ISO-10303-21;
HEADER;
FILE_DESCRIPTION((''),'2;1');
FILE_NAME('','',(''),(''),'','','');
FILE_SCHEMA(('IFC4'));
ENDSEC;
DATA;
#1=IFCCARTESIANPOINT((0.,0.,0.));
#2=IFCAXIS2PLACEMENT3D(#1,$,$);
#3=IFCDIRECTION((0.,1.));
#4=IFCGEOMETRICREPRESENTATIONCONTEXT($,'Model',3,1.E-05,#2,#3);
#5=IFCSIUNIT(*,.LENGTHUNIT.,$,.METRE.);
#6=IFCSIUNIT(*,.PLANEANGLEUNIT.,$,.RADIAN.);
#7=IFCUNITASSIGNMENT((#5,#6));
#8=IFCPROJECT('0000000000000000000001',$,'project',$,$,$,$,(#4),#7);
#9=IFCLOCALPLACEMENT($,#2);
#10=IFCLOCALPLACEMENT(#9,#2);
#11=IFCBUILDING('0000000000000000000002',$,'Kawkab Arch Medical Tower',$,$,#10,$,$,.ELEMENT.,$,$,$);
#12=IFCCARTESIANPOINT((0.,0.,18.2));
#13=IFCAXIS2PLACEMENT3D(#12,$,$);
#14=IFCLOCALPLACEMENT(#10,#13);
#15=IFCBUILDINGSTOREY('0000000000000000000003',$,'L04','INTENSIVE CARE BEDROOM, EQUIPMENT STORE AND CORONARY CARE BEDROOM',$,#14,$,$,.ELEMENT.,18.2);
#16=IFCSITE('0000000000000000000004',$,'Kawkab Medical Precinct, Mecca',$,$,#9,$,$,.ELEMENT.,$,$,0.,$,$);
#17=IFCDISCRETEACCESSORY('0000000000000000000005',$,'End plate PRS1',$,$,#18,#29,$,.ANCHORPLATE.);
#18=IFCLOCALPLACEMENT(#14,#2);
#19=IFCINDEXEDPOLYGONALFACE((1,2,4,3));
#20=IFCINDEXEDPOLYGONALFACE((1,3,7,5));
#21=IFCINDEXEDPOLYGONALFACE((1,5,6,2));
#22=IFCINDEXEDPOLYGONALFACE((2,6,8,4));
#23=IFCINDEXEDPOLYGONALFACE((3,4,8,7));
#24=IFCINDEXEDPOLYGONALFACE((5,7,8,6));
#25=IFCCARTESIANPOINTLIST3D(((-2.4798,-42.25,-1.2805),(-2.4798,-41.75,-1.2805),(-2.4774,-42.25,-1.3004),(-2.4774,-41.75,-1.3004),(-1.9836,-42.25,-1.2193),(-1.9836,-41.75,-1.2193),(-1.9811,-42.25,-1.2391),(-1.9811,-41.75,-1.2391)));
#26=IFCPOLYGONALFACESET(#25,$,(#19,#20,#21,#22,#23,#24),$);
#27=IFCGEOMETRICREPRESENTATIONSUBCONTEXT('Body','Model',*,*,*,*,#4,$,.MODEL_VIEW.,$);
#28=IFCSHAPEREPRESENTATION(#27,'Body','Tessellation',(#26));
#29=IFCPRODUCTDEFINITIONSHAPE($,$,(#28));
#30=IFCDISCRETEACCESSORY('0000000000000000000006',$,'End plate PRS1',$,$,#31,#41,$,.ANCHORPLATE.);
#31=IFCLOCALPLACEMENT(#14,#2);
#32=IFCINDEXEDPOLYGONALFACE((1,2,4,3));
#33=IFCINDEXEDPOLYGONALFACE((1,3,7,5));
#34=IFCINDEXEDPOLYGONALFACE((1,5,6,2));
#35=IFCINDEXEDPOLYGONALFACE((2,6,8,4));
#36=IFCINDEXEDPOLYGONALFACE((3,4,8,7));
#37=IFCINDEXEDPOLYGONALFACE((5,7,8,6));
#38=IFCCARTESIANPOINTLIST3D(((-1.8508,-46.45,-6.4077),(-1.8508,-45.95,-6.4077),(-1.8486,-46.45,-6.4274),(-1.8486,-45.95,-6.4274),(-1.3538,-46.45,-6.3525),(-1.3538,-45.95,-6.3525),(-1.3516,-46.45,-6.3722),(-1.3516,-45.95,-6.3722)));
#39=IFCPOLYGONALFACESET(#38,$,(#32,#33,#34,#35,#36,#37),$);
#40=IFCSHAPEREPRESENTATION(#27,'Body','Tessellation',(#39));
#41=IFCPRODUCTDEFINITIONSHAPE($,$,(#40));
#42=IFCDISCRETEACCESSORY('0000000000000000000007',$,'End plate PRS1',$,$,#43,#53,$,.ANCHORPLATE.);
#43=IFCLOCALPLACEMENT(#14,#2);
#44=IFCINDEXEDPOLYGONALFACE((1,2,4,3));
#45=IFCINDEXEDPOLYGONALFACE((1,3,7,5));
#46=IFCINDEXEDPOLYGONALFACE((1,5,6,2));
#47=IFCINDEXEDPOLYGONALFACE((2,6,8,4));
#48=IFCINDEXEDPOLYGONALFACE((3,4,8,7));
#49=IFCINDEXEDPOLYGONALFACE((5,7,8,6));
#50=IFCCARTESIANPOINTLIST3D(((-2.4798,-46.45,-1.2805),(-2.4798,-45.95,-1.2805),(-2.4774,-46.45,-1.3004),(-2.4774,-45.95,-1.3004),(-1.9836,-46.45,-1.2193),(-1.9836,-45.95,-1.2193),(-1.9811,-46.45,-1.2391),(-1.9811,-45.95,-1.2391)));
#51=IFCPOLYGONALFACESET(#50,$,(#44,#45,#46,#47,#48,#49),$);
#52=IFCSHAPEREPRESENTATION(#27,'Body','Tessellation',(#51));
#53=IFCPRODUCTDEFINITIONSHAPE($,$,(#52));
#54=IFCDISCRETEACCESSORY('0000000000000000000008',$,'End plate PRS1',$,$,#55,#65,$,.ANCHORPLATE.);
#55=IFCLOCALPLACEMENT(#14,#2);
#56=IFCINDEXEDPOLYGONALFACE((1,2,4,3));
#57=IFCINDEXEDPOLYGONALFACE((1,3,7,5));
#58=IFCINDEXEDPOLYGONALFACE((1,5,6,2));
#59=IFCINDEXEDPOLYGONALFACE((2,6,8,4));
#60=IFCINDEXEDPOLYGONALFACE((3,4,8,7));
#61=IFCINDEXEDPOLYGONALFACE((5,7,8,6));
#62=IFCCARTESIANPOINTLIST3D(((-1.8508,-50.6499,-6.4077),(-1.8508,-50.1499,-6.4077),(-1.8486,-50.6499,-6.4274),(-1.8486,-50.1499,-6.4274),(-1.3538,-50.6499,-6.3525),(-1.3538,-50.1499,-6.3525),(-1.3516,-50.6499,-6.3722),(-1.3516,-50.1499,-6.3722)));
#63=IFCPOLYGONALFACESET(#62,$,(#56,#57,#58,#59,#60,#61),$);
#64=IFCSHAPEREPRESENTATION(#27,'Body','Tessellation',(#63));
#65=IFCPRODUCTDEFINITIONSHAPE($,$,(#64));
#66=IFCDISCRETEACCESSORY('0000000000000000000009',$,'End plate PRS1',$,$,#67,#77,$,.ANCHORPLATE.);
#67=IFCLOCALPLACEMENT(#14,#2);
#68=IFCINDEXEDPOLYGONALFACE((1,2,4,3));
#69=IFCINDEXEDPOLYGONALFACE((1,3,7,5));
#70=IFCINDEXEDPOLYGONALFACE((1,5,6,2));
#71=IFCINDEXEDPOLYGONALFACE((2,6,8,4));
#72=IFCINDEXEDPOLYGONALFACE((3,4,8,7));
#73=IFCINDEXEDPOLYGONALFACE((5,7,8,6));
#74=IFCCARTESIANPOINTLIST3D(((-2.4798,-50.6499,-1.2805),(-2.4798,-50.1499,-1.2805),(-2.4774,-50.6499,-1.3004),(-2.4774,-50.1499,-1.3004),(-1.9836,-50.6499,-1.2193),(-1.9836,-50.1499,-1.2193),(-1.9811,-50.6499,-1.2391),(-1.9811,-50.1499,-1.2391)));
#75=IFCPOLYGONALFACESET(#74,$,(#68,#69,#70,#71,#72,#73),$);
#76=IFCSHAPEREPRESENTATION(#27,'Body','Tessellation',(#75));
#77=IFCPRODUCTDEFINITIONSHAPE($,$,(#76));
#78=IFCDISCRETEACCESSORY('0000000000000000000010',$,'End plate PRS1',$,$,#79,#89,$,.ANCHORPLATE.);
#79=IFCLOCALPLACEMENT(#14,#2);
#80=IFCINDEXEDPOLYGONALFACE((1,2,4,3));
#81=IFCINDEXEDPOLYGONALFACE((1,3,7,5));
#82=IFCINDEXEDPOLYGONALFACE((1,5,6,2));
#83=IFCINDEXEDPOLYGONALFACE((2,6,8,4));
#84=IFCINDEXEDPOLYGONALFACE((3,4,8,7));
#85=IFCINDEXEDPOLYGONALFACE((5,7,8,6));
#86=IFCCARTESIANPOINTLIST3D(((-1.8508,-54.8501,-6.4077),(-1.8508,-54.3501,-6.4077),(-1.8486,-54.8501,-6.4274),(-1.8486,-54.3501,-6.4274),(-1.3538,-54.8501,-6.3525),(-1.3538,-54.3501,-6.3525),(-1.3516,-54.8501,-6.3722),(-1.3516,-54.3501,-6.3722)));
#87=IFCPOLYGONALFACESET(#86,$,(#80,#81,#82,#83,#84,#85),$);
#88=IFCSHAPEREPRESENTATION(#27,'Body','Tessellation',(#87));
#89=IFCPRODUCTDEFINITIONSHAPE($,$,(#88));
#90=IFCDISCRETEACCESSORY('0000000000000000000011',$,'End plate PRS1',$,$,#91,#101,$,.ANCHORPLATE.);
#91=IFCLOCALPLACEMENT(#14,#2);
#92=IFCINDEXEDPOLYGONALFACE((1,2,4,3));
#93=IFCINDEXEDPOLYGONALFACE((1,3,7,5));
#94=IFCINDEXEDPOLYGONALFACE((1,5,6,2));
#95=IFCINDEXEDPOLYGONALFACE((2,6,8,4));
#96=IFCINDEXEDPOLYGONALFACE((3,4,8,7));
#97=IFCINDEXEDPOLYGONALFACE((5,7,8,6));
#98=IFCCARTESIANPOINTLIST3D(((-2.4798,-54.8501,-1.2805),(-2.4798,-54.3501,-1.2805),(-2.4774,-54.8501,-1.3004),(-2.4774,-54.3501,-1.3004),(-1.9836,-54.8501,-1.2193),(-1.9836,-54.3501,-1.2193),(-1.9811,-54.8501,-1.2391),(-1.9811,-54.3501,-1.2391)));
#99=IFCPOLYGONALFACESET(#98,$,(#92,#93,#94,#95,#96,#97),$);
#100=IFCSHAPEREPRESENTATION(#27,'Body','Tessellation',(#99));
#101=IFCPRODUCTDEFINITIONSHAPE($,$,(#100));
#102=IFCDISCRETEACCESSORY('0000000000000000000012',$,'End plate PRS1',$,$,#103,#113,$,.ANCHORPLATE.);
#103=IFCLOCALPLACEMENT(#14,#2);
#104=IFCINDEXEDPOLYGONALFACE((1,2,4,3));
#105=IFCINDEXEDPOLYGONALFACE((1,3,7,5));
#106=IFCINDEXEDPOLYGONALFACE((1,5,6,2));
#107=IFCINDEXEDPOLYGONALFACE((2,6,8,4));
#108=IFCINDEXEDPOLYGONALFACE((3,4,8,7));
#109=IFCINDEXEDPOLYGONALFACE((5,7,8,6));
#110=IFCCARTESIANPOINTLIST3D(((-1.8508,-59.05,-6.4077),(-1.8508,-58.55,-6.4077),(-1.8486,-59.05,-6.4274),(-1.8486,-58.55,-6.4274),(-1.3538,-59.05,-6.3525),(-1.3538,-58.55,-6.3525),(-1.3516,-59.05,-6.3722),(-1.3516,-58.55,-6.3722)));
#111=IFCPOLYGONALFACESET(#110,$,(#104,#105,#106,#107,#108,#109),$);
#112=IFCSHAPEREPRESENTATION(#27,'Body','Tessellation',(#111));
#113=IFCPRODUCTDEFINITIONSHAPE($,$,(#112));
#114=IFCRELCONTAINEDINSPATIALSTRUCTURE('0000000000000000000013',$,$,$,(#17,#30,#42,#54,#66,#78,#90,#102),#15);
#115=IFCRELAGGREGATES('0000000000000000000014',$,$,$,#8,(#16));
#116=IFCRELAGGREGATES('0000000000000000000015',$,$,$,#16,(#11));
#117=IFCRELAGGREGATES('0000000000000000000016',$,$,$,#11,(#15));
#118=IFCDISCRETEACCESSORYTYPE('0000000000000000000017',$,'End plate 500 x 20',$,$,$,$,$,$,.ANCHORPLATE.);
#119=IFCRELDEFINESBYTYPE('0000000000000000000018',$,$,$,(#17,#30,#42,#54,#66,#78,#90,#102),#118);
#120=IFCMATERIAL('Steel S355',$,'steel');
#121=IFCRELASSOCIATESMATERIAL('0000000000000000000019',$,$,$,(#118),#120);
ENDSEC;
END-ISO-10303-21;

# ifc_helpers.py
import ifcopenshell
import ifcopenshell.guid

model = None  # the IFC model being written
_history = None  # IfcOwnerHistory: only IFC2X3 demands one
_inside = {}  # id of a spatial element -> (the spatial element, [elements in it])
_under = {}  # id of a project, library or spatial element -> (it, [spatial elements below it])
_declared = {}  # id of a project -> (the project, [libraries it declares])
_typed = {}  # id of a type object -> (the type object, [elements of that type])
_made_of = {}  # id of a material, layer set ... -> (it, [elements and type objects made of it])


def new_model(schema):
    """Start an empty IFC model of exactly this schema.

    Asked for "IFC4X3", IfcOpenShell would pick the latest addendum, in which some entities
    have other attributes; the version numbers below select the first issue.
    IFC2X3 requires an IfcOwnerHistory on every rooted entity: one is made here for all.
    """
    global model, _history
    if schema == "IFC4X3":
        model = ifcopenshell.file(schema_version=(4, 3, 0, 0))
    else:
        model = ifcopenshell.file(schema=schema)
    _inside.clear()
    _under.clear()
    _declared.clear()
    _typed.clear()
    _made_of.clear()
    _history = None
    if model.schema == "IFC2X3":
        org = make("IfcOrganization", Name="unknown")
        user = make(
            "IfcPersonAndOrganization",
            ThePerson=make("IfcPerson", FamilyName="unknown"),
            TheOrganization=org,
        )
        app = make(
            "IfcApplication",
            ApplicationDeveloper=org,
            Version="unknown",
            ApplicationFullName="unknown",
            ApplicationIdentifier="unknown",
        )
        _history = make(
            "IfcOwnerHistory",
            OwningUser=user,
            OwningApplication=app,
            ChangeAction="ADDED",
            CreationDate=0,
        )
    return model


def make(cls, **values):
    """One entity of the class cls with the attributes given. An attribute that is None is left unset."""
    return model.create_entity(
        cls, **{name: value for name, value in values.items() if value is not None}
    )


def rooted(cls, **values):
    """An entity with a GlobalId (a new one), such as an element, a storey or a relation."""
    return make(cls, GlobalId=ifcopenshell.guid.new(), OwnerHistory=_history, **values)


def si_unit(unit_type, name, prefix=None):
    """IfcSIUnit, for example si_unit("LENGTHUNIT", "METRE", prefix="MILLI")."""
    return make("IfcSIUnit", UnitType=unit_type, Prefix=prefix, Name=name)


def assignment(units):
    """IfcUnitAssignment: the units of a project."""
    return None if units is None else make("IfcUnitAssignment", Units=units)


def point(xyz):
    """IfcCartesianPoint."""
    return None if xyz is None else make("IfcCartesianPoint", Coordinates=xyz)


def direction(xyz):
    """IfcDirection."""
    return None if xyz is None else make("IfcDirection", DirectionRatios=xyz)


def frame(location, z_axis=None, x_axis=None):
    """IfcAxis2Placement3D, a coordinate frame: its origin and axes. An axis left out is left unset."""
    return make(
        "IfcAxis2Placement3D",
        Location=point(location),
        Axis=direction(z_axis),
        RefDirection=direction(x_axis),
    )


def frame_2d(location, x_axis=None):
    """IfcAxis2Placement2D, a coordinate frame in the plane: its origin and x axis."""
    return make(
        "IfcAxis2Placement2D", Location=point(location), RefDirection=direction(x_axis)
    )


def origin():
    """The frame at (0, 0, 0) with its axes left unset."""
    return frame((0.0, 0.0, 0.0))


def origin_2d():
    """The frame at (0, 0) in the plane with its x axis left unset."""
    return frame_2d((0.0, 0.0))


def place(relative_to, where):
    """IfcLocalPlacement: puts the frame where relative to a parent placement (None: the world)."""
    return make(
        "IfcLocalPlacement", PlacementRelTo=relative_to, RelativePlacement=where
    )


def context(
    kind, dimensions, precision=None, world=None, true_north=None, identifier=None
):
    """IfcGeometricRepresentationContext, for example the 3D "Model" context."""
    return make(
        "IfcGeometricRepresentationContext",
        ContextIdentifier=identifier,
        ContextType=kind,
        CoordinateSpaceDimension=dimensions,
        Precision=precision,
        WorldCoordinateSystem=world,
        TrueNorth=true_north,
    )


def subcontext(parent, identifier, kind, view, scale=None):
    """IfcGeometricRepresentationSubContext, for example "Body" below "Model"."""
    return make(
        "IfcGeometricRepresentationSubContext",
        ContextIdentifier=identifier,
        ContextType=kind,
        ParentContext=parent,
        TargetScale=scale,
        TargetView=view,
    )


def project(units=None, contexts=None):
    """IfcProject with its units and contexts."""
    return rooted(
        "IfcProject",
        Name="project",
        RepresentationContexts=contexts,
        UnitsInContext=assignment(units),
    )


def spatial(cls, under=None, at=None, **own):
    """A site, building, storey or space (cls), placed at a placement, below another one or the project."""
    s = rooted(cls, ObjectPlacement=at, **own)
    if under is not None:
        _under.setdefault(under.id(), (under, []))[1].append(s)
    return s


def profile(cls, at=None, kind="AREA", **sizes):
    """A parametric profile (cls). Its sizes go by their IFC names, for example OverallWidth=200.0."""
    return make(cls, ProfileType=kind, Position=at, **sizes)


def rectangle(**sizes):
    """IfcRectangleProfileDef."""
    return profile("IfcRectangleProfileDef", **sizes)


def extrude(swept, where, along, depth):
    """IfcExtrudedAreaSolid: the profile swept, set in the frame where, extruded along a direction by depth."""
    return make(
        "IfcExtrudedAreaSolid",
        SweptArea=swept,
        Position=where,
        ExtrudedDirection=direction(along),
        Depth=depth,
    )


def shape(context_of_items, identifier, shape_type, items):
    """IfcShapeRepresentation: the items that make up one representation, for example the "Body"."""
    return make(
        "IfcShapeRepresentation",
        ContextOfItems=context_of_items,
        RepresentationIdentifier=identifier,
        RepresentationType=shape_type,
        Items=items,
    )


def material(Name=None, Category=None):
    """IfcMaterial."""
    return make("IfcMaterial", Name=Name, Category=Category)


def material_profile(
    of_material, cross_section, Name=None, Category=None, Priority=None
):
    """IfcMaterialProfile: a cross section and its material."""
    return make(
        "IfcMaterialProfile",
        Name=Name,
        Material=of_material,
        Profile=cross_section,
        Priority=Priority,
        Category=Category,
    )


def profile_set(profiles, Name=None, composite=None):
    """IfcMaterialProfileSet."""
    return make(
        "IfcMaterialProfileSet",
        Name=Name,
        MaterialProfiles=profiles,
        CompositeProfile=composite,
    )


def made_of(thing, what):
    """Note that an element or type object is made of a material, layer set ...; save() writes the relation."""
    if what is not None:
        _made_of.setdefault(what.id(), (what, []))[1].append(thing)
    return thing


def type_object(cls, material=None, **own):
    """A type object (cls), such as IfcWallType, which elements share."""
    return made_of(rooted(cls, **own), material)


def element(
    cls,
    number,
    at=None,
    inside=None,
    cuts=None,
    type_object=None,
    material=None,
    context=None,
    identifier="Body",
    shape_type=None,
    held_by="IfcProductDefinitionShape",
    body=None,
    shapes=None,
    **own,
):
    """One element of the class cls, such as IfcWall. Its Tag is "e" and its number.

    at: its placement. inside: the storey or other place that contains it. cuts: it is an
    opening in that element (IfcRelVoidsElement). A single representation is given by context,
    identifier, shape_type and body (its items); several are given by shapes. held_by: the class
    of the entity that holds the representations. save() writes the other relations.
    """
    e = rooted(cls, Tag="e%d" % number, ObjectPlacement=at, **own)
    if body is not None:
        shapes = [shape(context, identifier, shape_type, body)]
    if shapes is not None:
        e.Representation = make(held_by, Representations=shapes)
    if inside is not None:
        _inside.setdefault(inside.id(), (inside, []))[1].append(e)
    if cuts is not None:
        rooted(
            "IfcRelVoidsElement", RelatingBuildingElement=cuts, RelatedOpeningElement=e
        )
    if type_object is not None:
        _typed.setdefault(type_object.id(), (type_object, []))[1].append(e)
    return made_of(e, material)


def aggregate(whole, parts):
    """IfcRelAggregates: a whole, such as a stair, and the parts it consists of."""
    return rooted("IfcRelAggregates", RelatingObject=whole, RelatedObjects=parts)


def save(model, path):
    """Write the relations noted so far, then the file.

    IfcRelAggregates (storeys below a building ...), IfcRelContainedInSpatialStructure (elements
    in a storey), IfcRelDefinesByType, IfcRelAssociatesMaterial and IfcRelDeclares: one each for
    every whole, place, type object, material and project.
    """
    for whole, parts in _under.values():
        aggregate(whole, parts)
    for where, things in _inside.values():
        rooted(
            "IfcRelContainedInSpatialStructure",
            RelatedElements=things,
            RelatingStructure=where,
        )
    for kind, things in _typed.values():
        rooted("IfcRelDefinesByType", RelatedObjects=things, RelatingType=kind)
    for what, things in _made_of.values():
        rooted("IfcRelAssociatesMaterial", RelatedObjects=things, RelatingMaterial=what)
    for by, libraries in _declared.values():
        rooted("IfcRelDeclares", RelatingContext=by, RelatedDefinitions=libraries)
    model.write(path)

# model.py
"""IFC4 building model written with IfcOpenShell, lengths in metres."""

from ifc_helpers import new_model, si_unit, direction, frame, origin, origin_2d, place, context, subcontext, project, spatial, rectangle, extrude, material, material_profile, profile_set, type_object, element, save


model = new_model("IFC4")

# Units and contexts
model_context = context("Model", 3, precision=1e-05, world=origin(), true_north=direction((0.0, 1.0)))
body_context = subcontext(model_context, "Body", "Model", "MODEL_VIEW")
ifc_project = project(units=[si_unit("LENGTHUNIT", "METRE"), si_unit("PLANEANGLEUNIT", "RADIAN")], contexts=[model_context])

# Site, building, storey
site_placement = place(None, origin())
site = spatial("IfcSite", under=ifc_project, at=site_placement, Name="Kawkab Medical Precinct, Mecca", CompositionType="ELEMENT", RefElevation=0.0)
building_placement = place(site_placement, origin())
building = spatial("IfcBuilding", under=site, at=building_placement, Name="Kawkab Arch Medical Tower", CompositionType="ELEMENT")
storey_placement = place(building_placement, frame((0.0, 0.0, 18.2)))
storey = spatial("IfcBuildingStorey", under=building, at=storey_placement, Name="L04", Description="INTENSIVE CARE BEDROOM, EQUIPMENT STORE AND CORONARY CARE BEDROOM", CompositionType="ELEMENT", Elevation=18.2)

# Discrete accessories
ifc_material_1 = material(Name="Steel S355", Category="steel")
ifc_material_profile_1 = material_profile(ifc_material_1, rectangle(XDim=0.5, YDim=0.5, at=origin_2d()), Name="End plate 500 x 20")
ifc_profile_set_1 = profile_set([ifc_material_profile_1], Name="Steel S355")
discrete_accessory_type = type_object("IfcDiscreteAccessoryType", Name="End plate 500 x 20", PredefinedType="ANCHORPLATE", material=ifc_profile_set_1)
discrete_accessory_1_placement = place(storey_placement, frame((-2.2292, -42.0, -1.2698), z_axis=(-0.122527, 0.0, 0.992465), x_axis=(0.0, -1.0, 0.0)))
element("IfcDiscreteAccessory", 1, at=discrete_accessory_1_placement, inside=storey, type_object=discrete_accessory_type, Name="End plate PRS1", PredefinedType="ANCHORPLATE", context=body_context, shape_type="SweptSolid", body=[
    extrude(rectangle(XDim=0.5, YDim=0.5, at=origin_2d()), origin(), (0.0, 0.0, 1.0), 0.02),
])
discrete_accessory_2_placement = place(storey_placement, frame((-1.6023, -46.2, -6.3801), z_axis=(0.110432, 0.0, -0.993884), x_axis=(0.0, 1.0, 0.0)))
element("IfcDiscreteAccessory", 2, at=discrete_accessory_2_placement, inside=storey, type_object=discrete_accessory_type, Name="End plate PRS1", PredefinedType="ANCHORPLATE", context=body_context, shape_type="SweptSolid", body=[
    extrude(rectangle(XDim=0.5, YDim=0.5, at=origin_2d()), origin(), (0.0, 0.0, 1.0), 0.0198),
])
discrete_accessory_3_placement = place(storey_placement, frame((-2.2292, -46.2, -1.2698), z_axis=(-0.122527, 0.0, 0.992465), x_axis=(0.0, -1.0, 0.0)))
element("IfcDiscreteAccessory", 3, at=discrete_accessory_3_placement, inside=storey, type_object=discrete_accessory_type, Name="End plate PRS1", PredefinedType="ANCHORPLATE", context=body_context, shape_type="SweptSolid", body=[
    extrude(rectangle(XDim=0.5, YDim=0.5, at=origin_2d()), origin(), (0.0, 0.0, 1.0), 0.02),
])
discrete_accessory_4_placement = place(storey_placement, frame((-1.6023, -50.3999, -6.3801), z_axis=(0.110432, 0.0, -0.993884), x_axis=(0.0, 1.0, 0.0)))
element("IfcDiscreteAccessory", 4, at=discrete_accessory_4_placement, inside=storey, type_object=discrete_accessory_type, Name="End plate PRS1", PredefinedType="ANCHORPLATE", context=body_context, shape_type="SweptSolid", body=[
    extrude(rectangle(XDim=0.5, YDim=0.5, at=origin_2d()), origin(), (0.0, 0.0, 1.0), 0.0198),
])
discrete_accessory_5_placement = place(storey_placement, frame((-2.2292, -50.3999, -1.2698), z_axis=(-0.122527, 0.0, 0.992465), x_axis=(0.0, -1.0, 0.0)))
element("IfcDiscreteAccessory", 5, at=discrete_accessory_5_placement, inside=storey, type_object=discrete_accessory_type, Name="End plate PRS1", PredefinedType="ANCHORPLATE", context=body_context, shape_type="SweptSolid", body=[
    extrude(rectangle(XDim=0.5, YDim=0.5, at=origin_2d()), origin(), (0.0, 0.0, 1.0), 0.02),
])
discrete_accessory_6_placement = place(storey_placement, frame((-1.6023, -54.6001, -6.3801), z_axis=(0.110432, 0.0, -0.993884), x_axis=(0.0, 1.0, 0.0)))
element("IfcDiscreteAccessory", 6, at=discrete_accessory_6_placement, inside=storey, type_object=discrete_accessory_type, Name="End plate PRS1", PredefinedType="ANCHORPLATE", context=body_context, shape_type="SweptSolid", body=[
    extrude(rectangle(XDim=0.5, YDim=0.5, at=origin_2d()), origin(), (0.0, 0.0, 1.0), 0.0198),
])
discrete_accessory_7_placement = place(storey_placement, frame((-2.2292, -54.6001, -1.2698), z_axis=(-0.122527, 0.0, 0.992465), x_axis=(0.0, -1.0, 0.0)))
element("IfcDiscreteAccessory", 7, at=discrete_accessory_7_placement, inside=storey, type_object=discrete_accessory_type, Name="End plate PRS1", PredefinedType="ANCHORPLATE", context=body_context, shape_type="SweptSolid", body=[
    extrude(rectangle(XDim=0.5, YDim=0.5, at=origin_2d()), origin(), (0.0, 0.0, 1.0), 0.02),
])
discrete_accessory_8_placement = place(storey_placement, frame((-1.6023, -58.8, -6.3801), z_axis=(0.110432, 0.0, -0.993884), x_axis=(0.0, 1.0, 0.0)))
element("IfcDiscreteAccessory", 8, at=discrete_accessory_8_placement, inside=storey, type_object=discrete_accessory_type, Name="End plate PRS1", PredefinedType="ANCHORPLATE", context=body_context, shape_type="SweptSolid", body=[
    extrude(rectangle(XDim=0.5, YDim=0.5, at=origin_2d()), origin(), (0.0, 0.0, 1.0), 0.0198),
])

save(model, "model.ifc")
